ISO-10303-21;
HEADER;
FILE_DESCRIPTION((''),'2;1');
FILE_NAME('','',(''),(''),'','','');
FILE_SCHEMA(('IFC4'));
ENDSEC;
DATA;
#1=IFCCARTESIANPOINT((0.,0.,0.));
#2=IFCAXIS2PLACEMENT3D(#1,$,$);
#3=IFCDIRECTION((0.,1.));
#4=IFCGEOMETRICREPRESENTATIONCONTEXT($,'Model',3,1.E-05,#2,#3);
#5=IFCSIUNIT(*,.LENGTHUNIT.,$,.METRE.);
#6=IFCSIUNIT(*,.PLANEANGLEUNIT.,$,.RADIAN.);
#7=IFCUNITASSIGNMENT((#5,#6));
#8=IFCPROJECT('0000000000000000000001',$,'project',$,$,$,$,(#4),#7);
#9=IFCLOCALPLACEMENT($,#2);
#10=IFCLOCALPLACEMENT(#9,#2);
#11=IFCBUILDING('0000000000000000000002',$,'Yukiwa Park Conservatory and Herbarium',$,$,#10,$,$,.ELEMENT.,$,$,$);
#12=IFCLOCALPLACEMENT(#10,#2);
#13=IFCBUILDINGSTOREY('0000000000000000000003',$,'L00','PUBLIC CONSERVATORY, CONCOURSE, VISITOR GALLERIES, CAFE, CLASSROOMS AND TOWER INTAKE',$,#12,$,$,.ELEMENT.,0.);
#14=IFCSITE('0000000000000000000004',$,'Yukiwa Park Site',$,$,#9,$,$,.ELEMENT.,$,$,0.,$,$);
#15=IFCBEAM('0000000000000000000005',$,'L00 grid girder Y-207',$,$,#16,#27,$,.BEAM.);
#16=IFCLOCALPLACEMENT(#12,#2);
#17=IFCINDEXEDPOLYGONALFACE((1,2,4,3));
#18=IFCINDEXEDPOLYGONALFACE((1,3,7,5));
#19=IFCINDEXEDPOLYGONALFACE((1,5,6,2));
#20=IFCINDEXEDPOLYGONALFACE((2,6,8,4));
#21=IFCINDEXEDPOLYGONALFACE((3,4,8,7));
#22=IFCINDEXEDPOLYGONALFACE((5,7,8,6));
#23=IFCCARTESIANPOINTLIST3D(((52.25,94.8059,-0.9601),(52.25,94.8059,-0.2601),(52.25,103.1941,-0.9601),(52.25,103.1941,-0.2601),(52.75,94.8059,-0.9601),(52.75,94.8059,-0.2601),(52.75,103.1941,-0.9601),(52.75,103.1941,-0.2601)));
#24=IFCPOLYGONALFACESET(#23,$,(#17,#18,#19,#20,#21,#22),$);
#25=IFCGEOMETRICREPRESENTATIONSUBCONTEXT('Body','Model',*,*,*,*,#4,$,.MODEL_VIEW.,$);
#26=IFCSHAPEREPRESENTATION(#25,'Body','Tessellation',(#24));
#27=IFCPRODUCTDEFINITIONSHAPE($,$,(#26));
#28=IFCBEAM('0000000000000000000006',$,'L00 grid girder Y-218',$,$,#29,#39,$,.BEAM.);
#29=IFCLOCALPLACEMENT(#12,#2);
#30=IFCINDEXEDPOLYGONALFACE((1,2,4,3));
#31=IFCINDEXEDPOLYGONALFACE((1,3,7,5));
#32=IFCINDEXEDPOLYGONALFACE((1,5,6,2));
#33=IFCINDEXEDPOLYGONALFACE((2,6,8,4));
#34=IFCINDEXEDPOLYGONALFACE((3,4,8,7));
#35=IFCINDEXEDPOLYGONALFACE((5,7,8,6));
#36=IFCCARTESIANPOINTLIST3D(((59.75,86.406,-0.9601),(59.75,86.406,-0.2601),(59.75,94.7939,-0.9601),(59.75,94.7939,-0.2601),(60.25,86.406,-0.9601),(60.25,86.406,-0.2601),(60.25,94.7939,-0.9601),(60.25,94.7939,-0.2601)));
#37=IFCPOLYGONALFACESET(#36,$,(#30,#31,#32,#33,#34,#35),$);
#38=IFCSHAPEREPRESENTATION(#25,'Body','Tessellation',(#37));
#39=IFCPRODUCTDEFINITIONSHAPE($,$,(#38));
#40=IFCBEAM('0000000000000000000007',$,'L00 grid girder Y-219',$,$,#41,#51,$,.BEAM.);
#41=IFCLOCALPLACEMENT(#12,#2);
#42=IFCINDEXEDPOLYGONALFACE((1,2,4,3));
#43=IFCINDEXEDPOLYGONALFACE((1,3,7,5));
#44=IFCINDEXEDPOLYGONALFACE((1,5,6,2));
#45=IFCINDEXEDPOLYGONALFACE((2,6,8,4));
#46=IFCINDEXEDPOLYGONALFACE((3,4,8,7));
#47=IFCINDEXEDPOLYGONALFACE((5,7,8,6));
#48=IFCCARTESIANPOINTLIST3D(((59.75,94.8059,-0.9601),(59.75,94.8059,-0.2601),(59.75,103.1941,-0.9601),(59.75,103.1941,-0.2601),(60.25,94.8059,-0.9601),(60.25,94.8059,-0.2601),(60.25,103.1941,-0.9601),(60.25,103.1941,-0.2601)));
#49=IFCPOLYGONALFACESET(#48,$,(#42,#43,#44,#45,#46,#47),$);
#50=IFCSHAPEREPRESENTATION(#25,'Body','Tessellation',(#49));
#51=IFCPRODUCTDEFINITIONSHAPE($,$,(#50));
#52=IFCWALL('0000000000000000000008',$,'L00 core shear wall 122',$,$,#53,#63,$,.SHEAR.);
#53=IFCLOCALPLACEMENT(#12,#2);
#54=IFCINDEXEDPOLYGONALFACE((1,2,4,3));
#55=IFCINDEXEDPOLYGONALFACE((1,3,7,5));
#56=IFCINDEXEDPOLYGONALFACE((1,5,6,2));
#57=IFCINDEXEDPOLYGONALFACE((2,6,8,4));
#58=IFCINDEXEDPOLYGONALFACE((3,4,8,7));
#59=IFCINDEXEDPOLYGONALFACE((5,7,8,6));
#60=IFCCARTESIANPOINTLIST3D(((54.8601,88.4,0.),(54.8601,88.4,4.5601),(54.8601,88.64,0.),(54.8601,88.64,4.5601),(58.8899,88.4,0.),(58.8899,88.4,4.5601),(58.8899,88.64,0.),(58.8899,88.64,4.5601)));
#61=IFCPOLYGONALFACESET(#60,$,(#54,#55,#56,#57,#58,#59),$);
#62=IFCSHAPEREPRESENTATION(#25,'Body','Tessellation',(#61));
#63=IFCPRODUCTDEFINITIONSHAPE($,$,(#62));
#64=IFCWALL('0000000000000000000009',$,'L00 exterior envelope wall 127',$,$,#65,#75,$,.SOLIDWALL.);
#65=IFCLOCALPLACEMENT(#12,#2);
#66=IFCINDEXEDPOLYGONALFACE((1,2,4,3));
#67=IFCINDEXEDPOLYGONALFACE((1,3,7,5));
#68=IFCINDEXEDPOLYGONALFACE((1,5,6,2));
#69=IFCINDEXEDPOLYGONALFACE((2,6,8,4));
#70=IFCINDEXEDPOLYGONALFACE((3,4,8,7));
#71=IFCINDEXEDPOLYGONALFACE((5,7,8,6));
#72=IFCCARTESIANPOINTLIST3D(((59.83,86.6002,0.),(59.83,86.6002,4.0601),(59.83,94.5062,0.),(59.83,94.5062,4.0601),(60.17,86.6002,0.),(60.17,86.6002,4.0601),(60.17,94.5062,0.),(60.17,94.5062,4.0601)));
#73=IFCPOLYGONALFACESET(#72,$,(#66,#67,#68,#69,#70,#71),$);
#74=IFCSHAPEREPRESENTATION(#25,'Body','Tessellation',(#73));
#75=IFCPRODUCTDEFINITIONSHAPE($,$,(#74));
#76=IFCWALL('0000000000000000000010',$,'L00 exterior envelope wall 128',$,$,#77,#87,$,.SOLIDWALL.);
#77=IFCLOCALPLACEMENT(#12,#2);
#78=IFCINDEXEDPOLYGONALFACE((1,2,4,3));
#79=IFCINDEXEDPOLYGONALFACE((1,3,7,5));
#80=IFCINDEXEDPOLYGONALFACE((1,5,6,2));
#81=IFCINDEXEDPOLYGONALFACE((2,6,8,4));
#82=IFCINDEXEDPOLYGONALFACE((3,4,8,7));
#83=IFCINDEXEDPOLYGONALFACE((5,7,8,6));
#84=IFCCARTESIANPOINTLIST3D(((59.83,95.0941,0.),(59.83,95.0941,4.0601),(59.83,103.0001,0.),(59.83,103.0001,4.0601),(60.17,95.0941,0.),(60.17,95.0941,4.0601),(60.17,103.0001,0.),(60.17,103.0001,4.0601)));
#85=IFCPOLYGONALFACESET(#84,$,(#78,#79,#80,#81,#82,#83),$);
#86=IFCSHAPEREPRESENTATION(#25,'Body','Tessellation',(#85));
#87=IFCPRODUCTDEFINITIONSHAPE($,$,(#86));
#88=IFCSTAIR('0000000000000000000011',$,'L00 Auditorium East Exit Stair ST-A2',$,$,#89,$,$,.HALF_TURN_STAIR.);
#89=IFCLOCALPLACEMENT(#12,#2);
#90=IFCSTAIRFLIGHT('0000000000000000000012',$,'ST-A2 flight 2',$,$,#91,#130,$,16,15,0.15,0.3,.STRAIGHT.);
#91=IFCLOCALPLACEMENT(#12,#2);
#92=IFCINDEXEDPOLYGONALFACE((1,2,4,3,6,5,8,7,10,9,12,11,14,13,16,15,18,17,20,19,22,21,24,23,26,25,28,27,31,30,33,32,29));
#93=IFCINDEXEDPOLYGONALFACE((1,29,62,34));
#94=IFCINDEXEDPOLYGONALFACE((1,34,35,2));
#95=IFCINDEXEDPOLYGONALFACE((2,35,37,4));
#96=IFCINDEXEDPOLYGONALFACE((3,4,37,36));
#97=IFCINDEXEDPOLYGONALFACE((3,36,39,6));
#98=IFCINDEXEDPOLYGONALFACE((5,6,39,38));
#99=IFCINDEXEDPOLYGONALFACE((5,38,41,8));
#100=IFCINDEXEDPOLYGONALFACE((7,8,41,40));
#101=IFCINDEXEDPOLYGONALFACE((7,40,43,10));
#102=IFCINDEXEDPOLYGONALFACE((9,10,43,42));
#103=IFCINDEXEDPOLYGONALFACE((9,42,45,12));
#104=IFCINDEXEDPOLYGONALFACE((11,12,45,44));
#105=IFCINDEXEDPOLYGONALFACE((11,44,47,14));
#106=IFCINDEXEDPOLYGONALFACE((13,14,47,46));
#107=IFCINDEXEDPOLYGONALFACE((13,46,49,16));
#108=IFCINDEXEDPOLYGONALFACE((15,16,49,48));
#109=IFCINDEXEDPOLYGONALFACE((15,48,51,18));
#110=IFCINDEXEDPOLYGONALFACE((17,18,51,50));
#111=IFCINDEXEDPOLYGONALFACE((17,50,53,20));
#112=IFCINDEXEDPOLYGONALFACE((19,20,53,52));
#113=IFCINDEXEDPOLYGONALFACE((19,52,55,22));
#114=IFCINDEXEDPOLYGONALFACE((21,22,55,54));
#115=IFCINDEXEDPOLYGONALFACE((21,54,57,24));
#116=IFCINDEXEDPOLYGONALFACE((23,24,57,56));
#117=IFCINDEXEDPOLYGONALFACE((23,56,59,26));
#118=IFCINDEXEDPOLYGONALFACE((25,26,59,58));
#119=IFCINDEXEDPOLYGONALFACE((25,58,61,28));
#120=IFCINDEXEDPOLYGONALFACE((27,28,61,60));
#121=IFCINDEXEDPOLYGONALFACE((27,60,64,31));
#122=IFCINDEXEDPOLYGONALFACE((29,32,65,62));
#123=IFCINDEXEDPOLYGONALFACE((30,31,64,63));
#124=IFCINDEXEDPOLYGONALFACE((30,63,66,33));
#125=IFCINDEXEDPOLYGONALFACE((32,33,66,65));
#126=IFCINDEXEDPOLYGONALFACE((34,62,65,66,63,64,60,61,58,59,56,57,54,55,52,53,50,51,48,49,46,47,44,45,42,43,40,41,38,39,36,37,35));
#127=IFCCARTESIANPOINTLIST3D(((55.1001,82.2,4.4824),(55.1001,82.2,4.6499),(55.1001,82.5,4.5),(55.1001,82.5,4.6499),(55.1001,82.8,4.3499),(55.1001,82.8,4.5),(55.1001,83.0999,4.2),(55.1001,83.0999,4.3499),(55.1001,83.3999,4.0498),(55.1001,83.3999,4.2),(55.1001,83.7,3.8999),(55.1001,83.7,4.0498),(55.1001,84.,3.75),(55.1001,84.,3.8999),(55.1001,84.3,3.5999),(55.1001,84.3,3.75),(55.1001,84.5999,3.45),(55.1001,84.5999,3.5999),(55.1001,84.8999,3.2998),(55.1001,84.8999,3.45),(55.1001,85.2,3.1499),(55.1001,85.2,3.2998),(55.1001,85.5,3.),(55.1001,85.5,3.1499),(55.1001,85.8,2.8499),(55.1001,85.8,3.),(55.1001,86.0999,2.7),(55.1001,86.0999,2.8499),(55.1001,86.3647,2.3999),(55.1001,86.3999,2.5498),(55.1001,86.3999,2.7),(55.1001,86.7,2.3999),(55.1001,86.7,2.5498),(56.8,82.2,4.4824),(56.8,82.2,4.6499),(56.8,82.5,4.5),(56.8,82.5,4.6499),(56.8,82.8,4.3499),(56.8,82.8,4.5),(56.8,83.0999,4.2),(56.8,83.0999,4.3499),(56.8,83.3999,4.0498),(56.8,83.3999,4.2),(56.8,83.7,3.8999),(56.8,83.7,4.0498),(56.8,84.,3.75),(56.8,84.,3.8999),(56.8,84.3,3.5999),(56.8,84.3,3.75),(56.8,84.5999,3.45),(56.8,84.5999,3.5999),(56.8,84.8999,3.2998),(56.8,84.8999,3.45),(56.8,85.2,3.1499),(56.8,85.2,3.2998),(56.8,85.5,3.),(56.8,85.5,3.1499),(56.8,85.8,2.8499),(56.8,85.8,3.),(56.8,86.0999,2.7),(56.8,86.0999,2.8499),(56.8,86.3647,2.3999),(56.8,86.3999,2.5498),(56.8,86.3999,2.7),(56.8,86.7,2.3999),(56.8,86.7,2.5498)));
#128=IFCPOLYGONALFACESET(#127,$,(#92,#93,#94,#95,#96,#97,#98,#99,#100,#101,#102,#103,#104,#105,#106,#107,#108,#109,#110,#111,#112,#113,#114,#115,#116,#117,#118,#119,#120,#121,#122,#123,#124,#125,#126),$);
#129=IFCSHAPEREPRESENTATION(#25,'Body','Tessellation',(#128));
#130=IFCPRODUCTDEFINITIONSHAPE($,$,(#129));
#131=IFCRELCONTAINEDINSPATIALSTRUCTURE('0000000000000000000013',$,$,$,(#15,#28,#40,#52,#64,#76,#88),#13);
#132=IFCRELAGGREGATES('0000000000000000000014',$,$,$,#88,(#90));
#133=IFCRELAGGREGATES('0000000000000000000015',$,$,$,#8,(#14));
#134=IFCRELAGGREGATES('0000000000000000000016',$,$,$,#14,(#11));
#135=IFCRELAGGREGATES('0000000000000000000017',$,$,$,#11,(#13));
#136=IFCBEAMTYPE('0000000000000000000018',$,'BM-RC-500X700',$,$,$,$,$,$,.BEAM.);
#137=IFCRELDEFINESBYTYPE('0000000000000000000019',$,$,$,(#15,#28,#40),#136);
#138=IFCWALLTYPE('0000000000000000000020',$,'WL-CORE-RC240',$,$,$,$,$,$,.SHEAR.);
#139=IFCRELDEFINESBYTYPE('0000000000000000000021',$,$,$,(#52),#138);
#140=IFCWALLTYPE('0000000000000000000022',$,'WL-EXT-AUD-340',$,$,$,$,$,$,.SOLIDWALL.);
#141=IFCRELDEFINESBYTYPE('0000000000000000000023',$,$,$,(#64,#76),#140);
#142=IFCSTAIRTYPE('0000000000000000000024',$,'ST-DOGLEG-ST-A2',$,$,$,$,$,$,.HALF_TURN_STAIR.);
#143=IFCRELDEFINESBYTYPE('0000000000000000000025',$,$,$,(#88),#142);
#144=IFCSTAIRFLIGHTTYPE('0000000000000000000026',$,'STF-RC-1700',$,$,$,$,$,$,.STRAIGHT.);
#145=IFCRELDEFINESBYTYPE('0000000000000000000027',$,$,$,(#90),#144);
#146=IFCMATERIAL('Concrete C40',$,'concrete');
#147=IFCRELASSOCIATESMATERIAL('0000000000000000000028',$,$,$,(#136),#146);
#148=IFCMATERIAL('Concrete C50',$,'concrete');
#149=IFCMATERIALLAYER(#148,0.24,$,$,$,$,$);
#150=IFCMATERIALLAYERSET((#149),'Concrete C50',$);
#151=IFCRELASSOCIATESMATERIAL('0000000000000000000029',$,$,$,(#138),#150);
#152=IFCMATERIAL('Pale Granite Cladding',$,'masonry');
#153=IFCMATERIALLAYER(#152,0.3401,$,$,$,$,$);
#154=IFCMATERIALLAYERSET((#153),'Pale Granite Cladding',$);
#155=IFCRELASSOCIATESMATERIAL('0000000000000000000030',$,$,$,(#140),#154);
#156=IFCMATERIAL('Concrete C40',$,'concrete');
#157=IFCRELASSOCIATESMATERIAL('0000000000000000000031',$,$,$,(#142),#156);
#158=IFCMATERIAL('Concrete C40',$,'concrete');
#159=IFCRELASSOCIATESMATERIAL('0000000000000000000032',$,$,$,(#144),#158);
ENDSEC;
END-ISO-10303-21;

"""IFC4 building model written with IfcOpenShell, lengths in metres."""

from ifc_helpers import new_model, si_unit, direction, frame, frame_2d, origin, origin_2d, place, context, subcontext, project, spatial, polyline, rectangle, outline, extrude, material, layer, layer_set, material_profile, profile_set, type_object, element, aggregate, save


model = new_model("IFC4")

# Units and contexts
model_context = context("Model", 3, precision=1e-05, world=origin(), true_north=direction((0.0, 1.0)))
body_context = subcontext(model_context, "Body", "Model", "MODEL_VIEW")
ifc_project = project(units=[si_unit("LENGTHUNIT", "METRE"), si_unit("PLANEANGLEUNIT", "RADIAN")], contexts=[model_context])

# Site, building, storey
site_placement = place(None, origin())
site = spatial("IfcSite", under=ifc_project, at=site_placement, Name="Yukiwa Park Site", CompositionType="ELEMENT", RefElevation=0.0)
building_placement = place(site_placement, origin())
building = spatial("IfcBuilding", under=site, at=building_placement, Name="Yukiwa Park Conservatory and Herbarium", CompositionType="ELEMENT")
storey_placement = place(building_placement, origin())
storey = spatial("IfcBuildingStorey", under=building, at=storey_placement, Name="L00", Description="PUBLIC CONSERVATORY, CONCOURSE, VISITOR GALLERIES, CAFE, CLASSROOMS AND TOWER INTAKE", CompositionType="ELEMENT", Elevation=0.0)

# Beams
ifc_material_1 = material(Name="Concrete C40", Category="concrete")
ifc_material_profile_1 = material_profile(ifc_material_1, rectangle(XDim=0.5, YDim=0.7, at=origin_2d()), Name="RC 500x700")
ifc_profile_set_1 = profile_set([ifc_material_profile_1], Name="Concrete C40")
beam_type_1 = type_object("IfcBeamType", Name="BM-RC-500X700", PredefinedType="BEAM", material=ifc_profile_set_1)
beam_1_placement = place(storey_placement, frame((52.5, 94.8059, -0.6101), z_axis=(0.0, 1.0, 0.0), x_axis=(-1.0, 0.0, 0.0)))
element("IfcBeam", 1, at=beam_1_placement, inside=storey, type_object=beam_type_1, Name="L00 grid girder Y-207", PredefinedType="BEAM", context=body_context, shape_type="SweptSolid", body=[
    extrude(rectangle(XDim=0.5, YDim=0.7, at=origin_2d()), origin(), (0.0, 0.0, 1.0), 8.3882),
])
beam_2_placement = place(storey_placement, frame((60.0, 86.406, -0.6101), z_axis=(0.0, 1.0, 0.0), x_axis=(-1.0, 0.0, 0.0)))
element("IfcBeam", 2, at=beam_2_placement, inside=storey, type_object=beam_type_1, Name="L00 grid girder Y-218", PredefinedType="BEAM", context=body_context, shape_type="SweptSolid", body=[
    extrude(rectangle(XDim=0.5, YDim=0.7, at=origin_2d()), origin(), (0.0, 0.0, 1.0), 8.3879),
])
beam_3_placement = place(storey_placement, frame((60.0, 94.8059, -0.6101), z_axis=(0.0, 1.0, 0.0), x_axis=(-1.0, 0.0, 0.0)))
element("IfcBeam", 3, at=beam_3_placement, inside=storey, type_object=beam_type_1, Name="L00 grid girder Y-219", PredefinedType="BEAM", context=body_context, shape_type="SweptSolid", body=[
    extrude(rectangle(XDim=0.5, YDim=0.7, at=origin_2d()), origin(), (0.0, 0.0, 1.0), 8.3882),
])

# Walls
ifc_material_2 = material(Name="Concrete C50", Category="concrete")
ifc_layer_1 = layer(ifc_material_2, 0.24)
ifc_layer_set_1 = layer_set([ifc_layer_1], Name="Concrete C50")
wall_type_1 = type_object("IfcWallType", Name="WL-CORE-RC240", PredefinedType="SHEAR", material=ifc_layer_set_1)
wall_placement = place(storey_placement, frame((54.8601, 88.52, 0.0), z_axis=(0.0, 0.0, 1.0), x_axis=(1.0, 0.0, 0.0)))
element("IfcWall", 4, at=wall_placement, inside=storey, type_object=wall_type_1, Name="L00 core shear wall 122", PredefinedType="SHEAR", context=body_context, shape_type="SweptSolid", body=[
    extrude(rectangle(XDim=4.0298, YDim=0.24, at=frame_2d((2.0149, 0.0))), origin(), (0.0, 0.0, 1.0), 4.5601),
])
ifc_material_3 = material(Name="Pale Granite Cladding", Category="masonry")
ifc_layer_2 = layer(ifc_material_3, 0.3401)
ifc_layer_set_2 = layer_set([ifc_layer_2], Name="Pale Granite Cladding")
wall_type_2 = type_object("IfcWallType", Name="WL-EXT-AUD-340", PredefinedType="SOLIDWALL", material=ifc_layer_set_2)
for number, where, z_axis, x_axis, name in (
    (5, (60.0, 86.6001, 0.0), (0.0, 0.0, 1.0), (0.0, 1.0, 0.0), "L00 exterior envelope wall 127"),
    (6, (60.0, 95.094, 0.0), (0.0, 0.0, 1.0), (0.0, 1.0, 0.0), "L00 exterior envelope wall 128"),
):
    element("IfcWall", number, at=place(storey_placement, frame(where, z_axis=z_axis, x_axis=x_axis)), inside=storey, type_object=wall_type_2, Name=name, PredefinedType="SOLIDWALL", context=body_context, shape_type="SweptSolid", body=[
        extrude(rectangle(XDim=7.906, YDim=0.3401, at=frame_2d((3.9531, 0.0))), origin(), (0.0, 0.0, 1.0), 4.0601),
    ])

# Stair, stair flight
ifc_material_4 = material(Name="Concrete C40", Category="concrete")
stair_type = type_object("IfcStairType", Name="ST-DOGLEG-ST-A2", PredefinedType="HALF_TURN_STAIR", material=ifc_material_4)
stair_placement = place(storey_placement, origin())
stair = element("IfcStair", 7, at=stair_placement, inside=storey, type_object=stair_type, Name="L00 Auditorium East Exit Stair ST-A2", PredefinedType="HALF_TURN_STAIR")
ifc_material_5 = material(Name="Concrete C40", Category="concrete")
stair_flight_type = type_object("IfcStairFlightType", Name="STF-RC-1700", PredefinedType="STRAIGHT", material=ifc_material_5)
stair_flight_placement = place(storey_placement, frame((55.95, 86.7, 2.3999), z_axis=(0.0, 0.0, 1.0), x_axis=(0.0, -1.0, 0.0)))
stair_flight = element("IfcStairFlight", 8, at=stair_flight_placement, type_object=stair_flight_type, Name="ST-A2 flight 2", NumberOfRisers=16, NumberOfTreads=15, PredefinedType="STRAIGHT", RiserHeight=0.15, TreadLength=0.3, context=body_context, shape_type="SweptSolid", body=[
    extrude(outline(polyline([(0.0, 0.0), (0.0, 0.1499), (0.3, 0.1499), (0.3, 0.3), (0.6001, 0.3), (0.6001, 0.45), (0.8999, 0.45), (0.8999, 0.6001), (1.2, 0.6001), (1.2, 0.75), (1.5, 0.75), (1.5, 0.8999), (1.8, 0.8999), (1.8, 1.05), (2.1001, 1.05), (2.1001, 1.2), (2.3999, 1.2), (2.3999, 1.3501), (2.7, 1.3501), (2.7, 1.5), (3.0, 1.5), (3.0, 1.6499), (3.3, 1.6499), (3.3, 1.8), (3.6001, 1.8), (3.6001, 1.95), (3.8999, 1.95), (3.8999, 2.1001), (4.2, 2.1001), (4.2, 2.25), (4.5, 2.25), (4.5, 2.3999), (4.5, 2.0825), (0.3352, 0.0), (0.0, 0.0)])), frame((0.0, 0.8501, 0.0), z_axis=(0.0, -1.0, 0.0), x_axis=(1.0, 0.0, 0.0)), (0.0, 0.0, 1.0), 1.7),
])
aggregate(stair, [stair_flight])

save(model, "model.ifc")
